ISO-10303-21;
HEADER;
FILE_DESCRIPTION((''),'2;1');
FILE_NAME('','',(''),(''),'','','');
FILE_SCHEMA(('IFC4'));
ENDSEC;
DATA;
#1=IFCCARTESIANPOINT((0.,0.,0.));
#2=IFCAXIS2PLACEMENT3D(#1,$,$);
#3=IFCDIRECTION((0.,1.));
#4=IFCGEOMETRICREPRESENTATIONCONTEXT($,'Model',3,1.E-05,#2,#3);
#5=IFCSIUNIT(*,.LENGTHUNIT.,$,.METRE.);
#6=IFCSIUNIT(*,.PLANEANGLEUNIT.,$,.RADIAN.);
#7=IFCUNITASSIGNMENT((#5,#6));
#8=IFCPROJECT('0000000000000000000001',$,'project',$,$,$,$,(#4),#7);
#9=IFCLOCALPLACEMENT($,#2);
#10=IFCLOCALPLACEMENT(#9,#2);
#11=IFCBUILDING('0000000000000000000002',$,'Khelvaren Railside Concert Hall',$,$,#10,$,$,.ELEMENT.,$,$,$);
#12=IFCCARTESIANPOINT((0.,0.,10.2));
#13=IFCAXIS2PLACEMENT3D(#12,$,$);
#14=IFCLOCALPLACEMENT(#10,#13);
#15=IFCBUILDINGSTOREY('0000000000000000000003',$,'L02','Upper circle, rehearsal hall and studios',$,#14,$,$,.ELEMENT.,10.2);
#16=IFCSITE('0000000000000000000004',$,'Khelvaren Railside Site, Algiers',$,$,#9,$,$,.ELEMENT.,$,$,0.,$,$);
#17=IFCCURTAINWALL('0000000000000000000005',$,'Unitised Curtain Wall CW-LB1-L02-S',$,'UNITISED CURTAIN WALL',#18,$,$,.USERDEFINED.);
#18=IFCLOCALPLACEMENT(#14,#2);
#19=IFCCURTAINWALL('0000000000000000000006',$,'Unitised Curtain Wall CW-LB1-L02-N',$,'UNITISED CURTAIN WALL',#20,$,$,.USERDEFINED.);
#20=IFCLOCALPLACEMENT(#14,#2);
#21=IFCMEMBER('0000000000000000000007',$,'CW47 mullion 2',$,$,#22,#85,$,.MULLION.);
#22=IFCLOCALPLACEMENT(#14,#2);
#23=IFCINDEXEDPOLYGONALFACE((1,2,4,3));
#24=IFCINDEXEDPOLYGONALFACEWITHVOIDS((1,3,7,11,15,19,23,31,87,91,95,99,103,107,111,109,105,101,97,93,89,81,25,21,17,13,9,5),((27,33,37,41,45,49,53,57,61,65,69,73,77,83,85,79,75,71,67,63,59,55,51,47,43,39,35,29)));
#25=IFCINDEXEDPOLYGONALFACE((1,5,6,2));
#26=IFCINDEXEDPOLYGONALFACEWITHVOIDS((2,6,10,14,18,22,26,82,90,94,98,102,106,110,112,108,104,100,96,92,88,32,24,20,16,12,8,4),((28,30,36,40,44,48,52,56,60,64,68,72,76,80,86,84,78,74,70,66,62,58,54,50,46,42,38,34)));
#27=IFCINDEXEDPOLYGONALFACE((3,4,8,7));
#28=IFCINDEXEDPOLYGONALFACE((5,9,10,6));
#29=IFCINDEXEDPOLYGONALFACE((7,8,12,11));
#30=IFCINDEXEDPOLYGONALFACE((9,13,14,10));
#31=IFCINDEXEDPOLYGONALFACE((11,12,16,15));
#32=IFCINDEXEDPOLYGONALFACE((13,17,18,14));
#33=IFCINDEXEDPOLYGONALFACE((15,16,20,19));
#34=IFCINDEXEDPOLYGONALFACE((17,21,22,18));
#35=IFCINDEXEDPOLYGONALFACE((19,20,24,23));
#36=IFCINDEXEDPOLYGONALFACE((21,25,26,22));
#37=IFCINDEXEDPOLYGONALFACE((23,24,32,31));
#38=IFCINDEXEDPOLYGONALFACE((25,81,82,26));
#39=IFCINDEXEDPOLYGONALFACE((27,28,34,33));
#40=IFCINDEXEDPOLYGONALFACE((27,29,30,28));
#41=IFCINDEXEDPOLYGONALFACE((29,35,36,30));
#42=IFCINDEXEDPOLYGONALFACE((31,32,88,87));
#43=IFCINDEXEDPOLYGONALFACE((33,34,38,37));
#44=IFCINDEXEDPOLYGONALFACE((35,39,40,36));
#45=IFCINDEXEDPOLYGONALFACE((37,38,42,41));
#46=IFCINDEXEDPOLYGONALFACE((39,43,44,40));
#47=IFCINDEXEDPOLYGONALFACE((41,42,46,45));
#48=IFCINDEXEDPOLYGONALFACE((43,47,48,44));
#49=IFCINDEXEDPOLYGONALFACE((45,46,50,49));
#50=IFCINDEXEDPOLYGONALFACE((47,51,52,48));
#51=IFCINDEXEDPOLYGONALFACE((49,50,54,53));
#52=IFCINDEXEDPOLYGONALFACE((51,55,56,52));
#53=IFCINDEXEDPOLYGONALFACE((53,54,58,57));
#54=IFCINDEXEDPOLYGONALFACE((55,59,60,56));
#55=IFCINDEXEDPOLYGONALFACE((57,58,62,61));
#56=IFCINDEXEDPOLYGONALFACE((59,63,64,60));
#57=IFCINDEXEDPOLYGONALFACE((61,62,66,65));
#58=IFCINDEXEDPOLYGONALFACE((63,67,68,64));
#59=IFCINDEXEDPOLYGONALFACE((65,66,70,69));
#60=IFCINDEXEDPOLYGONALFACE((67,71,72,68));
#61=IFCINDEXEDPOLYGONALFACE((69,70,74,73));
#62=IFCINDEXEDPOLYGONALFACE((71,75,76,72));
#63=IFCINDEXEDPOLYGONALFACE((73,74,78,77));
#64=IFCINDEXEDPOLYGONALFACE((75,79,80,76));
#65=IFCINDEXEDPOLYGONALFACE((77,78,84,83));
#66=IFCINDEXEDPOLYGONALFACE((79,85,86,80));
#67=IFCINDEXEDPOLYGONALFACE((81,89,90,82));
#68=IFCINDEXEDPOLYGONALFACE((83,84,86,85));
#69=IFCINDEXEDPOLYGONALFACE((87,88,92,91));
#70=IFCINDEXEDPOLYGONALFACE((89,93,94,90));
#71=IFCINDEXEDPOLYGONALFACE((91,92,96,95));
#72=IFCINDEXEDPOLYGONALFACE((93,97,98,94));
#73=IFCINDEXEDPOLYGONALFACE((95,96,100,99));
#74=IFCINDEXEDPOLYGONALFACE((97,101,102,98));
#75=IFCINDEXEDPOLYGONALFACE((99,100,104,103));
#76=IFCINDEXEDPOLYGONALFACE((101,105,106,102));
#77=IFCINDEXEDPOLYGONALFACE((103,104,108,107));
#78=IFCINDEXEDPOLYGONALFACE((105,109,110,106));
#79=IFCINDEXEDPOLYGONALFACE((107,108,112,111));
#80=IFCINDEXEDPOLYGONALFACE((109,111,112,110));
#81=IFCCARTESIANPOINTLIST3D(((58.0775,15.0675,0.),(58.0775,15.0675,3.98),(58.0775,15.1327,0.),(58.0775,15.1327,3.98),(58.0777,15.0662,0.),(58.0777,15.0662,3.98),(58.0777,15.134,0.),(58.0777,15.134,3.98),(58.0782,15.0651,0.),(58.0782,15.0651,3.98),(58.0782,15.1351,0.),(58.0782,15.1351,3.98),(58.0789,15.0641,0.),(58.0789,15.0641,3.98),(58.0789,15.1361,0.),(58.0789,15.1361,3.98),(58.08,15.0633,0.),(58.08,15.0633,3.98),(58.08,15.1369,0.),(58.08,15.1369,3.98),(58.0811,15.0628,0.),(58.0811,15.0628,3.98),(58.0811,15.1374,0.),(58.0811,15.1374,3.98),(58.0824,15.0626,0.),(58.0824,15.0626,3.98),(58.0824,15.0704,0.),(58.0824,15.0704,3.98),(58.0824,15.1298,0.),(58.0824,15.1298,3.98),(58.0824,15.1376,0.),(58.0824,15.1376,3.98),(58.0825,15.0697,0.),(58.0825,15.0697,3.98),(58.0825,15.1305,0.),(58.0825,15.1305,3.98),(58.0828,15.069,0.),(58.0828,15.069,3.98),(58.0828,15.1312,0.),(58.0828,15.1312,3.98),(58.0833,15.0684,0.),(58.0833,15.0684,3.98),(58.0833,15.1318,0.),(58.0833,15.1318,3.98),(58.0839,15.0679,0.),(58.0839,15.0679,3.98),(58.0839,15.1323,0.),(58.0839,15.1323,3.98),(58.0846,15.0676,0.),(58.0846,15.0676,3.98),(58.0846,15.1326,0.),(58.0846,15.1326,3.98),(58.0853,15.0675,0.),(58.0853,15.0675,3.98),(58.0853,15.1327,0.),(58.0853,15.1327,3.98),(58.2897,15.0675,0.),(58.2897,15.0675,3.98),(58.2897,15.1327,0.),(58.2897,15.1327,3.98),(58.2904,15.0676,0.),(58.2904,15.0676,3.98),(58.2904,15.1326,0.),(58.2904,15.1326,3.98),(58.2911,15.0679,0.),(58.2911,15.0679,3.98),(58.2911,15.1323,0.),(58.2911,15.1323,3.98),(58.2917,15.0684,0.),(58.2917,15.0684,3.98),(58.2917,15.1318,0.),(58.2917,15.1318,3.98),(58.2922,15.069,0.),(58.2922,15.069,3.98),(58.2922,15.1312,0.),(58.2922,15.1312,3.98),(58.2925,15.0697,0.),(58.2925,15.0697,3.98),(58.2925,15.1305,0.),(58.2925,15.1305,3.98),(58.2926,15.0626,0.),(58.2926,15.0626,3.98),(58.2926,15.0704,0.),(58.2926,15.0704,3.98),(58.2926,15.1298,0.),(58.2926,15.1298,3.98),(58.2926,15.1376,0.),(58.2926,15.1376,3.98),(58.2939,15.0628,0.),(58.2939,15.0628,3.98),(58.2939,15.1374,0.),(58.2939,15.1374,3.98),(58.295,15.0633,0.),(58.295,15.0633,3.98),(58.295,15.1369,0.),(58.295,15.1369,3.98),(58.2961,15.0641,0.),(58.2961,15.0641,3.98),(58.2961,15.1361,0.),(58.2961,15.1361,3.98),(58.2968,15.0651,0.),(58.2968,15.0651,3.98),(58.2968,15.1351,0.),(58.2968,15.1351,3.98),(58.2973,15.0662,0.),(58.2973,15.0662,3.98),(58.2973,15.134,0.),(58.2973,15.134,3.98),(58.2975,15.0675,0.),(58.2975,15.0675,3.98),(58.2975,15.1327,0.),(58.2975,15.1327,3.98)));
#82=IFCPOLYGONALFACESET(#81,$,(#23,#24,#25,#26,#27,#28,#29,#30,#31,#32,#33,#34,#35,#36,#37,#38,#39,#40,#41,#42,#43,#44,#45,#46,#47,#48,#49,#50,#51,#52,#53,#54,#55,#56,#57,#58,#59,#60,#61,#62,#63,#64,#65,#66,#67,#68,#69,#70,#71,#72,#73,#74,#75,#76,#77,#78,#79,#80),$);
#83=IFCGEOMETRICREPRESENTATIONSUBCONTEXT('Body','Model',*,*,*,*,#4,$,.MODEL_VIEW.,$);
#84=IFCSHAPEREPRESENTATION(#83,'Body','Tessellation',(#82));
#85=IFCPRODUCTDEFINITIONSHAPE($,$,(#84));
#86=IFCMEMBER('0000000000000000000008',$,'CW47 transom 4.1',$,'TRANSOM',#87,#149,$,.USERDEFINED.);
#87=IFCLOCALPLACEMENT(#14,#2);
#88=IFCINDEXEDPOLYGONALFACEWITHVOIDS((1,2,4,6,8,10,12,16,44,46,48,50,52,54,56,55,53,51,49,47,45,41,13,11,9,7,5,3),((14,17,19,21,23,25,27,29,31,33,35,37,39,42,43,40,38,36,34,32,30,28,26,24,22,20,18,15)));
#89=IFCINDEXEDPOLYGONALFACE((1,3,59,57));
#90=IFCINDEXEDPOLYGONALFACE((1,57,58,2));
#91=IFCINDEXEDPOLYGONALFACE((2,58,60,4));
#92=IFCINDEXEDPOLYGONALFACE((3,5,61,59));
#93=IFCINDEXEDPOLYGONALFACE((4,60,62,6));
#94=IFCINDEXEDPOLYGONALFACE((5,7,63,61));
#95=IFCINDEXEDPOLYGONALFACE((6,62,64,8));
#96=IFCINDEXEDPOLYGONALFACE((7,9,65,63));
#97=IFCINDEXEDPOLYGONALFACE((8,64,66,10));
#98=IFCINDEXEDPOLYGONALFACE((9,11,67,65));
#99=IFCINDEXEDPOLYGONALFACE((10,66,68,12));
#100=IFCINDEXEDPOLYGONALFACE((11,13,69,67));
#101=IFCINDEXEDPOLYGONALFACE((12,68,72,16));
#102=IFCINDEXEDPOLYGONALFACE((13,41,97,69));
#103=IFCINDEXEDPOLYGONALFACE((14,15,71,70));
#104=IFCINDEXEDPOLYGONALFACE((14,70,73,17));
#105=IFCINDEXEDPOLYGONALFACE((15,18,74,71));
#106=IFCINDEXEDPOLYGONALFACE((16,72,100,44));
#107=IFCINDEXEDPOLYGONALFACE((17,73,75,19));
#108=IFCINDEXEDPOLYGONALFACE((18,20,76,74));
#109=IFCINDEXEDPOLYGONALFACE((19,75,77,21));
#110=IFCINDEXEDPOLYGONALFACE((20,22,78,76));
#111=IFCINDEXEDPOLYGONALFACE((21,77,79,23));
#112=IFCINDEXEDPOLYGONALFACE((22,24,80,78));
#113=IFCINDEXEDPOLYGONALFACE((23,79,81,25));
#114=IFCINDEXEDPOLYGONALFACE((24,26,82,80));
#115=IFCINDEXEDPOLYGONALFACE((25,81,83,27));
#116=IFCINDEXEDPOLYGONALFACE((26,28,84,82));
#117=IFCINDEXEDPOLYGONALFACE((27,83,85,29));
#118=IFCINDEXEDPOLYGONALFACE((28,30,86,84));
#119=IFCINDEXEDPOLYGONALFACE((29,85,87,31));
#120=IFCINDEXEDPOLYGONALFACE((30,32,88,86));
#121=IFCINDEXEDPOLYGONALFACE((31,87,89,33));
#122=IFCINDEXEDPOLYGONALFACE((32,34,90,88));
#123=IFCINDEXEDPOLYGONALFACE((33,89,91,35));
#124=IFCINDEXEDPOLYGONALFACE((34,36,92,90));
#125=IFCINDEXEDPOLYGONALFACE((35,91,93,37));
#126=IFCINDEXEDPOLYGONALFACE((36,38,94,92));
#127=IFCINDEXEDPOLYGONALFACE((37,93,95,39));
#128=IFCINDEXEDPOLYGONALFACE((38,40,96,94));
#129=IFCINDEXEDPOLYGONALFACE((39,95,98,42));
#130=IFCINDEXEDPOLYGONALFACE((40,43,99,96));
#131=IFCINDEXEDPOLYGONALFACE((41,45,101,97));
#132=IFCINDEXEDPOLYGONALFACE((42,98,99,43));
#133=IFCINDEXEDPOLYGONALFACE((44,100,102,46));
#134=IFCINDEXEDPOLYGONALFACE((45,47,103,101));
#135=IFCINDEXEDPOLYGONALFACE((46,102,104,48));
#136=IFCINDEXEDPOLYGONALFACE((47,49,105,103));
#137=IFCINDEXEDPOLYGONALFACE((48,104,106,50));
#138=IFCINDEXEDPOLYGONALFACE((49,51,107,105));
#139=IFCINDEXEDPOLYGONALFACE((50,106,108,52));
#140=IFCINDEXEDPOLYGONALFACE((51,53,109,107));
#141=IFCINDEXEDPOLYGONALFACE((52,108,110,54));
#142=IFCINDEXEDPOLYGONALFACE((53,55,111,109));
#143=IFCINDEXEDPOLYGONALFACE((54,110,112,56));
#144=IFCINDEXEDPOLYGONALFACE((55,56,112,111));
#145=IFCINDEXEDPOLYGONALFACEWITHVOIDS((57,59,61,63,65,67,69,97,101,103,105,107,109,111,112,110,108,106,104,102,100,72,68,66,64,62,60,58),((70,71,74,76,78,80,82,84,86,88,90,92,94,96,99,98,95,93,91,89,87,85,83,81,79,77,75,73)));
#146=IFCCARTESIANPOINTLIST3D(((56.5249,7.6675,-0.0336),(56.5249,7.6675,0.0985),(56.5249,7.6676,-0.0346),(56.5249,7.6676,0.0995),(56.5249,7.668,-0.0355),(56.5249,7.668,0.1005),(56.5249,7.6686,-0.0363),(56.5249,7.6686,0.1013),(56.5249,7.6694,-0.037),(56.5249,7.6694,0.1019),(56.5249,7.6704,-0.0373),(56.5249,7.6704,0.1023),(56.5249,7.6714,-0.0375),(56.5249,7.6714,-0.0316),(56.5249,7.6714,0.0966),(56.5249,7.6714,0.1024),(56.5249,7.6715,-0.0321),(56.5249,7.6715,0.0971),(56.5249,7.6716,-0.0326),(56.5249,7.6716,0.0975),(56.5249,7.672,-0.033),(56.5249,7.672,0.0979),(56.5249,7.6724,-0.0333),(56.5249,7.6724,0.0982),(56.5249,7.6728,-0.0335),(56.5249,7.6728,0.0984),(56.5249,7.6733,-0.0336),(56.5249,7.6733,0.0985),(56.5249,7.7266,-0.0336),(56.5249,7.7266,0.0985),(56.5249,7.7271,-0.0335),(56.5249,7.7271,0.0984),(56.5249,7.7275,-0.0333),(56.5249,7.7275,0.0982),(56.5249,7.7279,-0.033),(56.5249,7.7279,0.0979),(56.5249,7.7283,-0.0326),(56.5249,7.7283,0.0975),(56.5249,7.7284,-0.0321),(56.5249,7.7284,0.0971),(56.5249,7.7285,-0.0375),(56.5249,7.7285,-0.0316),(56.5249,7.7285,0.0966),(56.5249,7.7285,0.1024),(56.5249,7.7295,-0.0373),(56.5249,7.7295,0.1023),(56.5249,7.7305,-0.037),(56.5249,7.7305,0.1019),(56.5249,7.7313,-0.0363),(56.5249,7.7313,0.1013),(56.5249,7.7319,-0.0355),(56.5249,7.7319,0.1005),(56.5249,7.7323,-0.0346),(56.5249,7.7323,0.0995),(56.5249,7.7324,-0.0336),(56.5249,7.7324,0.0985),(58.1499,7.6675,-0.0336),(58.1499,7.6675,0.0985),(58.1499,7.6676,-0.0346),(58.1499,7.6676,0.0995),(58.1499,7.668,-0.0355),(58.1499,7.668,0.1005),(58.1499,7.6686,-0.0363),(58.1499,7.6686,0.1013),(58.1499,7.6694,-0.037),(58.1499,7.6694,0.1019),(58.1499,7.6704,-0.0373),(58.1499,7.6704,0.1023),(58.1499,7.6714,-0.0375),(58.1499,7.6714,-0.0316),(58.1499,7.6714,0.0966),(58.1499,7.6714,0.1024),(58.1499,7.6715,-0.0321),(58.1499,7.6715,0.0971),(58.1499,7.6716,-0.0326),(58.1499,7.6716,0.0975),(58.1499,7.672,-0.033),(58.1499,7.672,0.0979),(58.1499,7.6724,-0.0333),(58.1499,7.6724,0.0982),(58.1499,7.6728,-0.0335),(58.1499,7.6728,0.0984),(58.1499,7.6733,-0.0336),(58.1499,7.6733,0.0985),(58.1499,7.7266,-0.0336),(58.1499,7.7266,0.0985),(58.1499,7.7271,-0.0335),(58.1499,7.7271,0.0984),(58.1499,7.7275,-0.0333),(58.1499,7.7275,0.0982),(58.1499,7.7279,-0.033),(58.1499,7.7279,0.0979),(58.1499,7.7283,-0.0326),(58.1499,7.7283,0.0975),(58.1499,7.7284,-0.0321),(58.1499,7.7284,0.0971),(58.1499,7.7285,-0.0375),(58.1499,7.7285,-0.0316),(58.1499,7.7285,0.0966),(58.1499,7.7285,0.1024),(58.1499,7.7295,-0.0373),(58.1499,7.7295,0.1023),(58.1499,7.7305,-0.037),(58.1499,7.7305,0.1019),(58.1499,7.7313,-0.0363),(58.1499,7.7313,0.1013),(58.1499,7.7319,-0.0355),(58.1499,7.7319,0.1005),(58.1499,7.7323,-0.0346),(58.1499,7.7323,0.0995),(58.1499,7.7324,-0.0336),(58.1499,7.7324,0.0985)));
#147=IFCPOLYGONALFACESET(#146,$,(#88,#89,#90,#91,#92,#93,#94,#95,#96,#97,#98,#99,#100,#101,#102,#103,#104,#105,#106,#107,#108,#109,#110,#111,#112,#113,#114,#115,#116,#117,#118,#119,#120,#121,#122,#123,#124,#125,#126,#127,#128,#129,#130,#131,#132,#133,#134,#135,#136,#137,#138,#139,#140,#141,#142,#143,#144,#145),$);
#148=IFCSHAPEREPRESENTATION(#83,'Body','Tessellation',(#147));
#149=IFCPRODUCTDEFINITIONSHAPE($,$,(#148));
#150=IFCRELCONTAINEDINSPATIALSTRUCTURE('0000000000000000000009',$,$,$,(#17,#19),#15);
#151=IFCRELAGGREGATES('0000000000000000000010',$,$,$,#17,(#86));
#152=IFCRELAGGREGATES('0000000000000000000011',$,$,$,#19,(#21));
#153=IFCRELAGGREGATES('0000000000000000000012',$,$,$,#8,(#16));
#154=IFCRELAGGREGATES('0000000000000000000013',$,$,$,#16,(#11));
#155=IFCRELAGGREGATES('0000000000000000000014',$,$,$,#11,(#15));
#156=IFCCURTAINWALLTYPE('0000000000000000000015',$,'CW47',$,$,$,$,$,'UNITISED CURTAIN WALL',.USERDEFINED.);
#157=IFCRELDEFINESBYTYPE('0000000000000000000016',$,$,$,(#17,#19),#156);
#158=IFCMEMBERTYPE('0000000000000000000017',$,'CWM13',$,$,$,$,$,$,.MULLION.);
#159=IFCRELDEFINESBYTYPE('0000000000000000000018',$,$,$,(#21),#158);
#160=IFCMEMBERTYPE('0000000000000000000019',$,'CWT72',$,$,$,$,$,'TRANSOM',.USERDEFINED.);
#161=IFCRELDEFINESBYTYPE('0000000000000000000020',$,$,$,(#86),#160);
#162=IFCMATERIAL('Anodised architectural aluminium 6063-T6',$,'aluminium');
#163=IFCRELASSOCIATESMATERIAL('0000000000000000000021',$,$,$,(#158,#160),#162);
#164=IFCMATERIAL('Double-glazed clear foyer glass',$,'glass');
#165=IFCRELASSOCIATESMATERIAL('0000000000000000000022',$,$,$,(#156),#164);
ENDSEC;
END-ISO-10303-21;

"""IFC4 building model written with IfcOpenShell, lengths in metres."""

from ifc_helpers import new_model, si_unit, direction, frame, origin, origin_2d, place, context, subcontext, project, spatial, hollow_rectangle, extrude, material, material_profile, profile_set, type_object, element, aggregate, save


model = new_model("IFC4")

# Units and contexts
model_context = context("Model", 3, precision=1e-05, world=origin(), true_north=direction((0.0, 1.0)))
body_context = subcontext(model_context, "Body", "Model", "MODEL_VIEW")
ifc_project = project(units=[si_unit("LENGTHUNIT", "METRE"), si_unit("PLANEANGLEUNIT", "RADIAN")], contexts=[model_context])

# Site, building, storey
site_placement = place(None, origin())
site = spatial("IfcSite", under=ifc_project, at=site_placement, Name="Khelvaren Railside Site, Algiers", CompositionType="ELEMENT", RefElevation=0.0)
building_placement = place(site_placement, origin())
building = spatial("IfcBuilding", under=site, at=building_placement, Name="Khelvaren Railside Concert Hall", CompositionType="ELEMENT")
storey_placement = place(building_placement, frame((0.0, 0.0, 10.2)))
storey = spatial("IfcBuildingStorey", under=building, at=storey_placement, Name="L02", Description="Upper circle, rehearsal hall and studios", CompositionType="ELEMENT", Elevation=10.2)

# Shared definitions
ifc_material_1 = material(Name="Double-glazed clear foyer glass", Category="glass")
ifc_material_2 = material(Name="Anodised architectural aluminium 6063-T6", Category="aluminium")
ifc_material_profile_1 = material_profile(ifc_material_2, hollow_rectangle(XDim=0.075, YDim=0.22, WallThickness=0.0049, InnerFilletRadius=0.0029, OuterFilletRadius=0.0049, at=origin_2d()), Name="CWM 75x220x5")
ifc_profile_set_1 = profile_set([ifc_material_profile_1], Name="Anodised architectural aluminium 6063-T6")
member_type_1 = type_object("IfcMemberType", Name="CWM13", PredefinedType="MULLION", material=ifc_profile_set_1)

# Curtain walls, member
curtain_wall_type_1 = type_object("IfcCurtainWallType", Name="CW47", ElementType="UNITISED CURTAIN WALL", PredefinedType="USERDEFINED", material=ifc_material_1)
curtain_wall_1_placement = place(storey_placement, origin())
curtain_wall_1 = element("IfcCurtainWall", 1, at=curtain_wall_1_placement, inside=storey, type_object=curtain_wall_type_1, Name="Unitised Curtain Wall CW-LB1-L02-S", ObjectType="UNITISED CURTAIN WALL", PredefinedType="USERDEFINED")
curtain_wall_2_placement = place(storey_placement, origin())
curtain_wall_2 = element("IfcCurtainWall", 2, at=curtain_wall_2_placement, inside=storey, type_object=curtain_wall_type_1, Name="Unitised Curtain Wall CW-LB1-L02-N", ObjectType="UNITISED CURTAIN WALL", PredefinedType="USERDEFINED")
member_1_placement = place(storey_placement, frame((58.1875, 15.1001, 0.0), z_axis=(0.0, 0.0, 1.0), x_axis=(0.0, 1.0, 0.0)))
member_1 = element("IfcMember", 3, at=member_1_placement, type_object=member_type_1, Name="CW47 mullion 2", PredefinedType="MULLION", context=body_context, shape_type="SweptSolid", body=[
    extrude(hollow_rectangle(XDim=0.075, YDim=0.22, WallThickness=0.0049, InnerFilletRadius=0.0029, OuterFilletRadius=0.0049, at=origin_2d()), origin(), (0.0, 0.0, 1.0), 3.98),
])

# Member
ifc_material_profile_2 = material_profile(ifc_material_2, hollow_rectangle(XDim=0.0649, YDim=0.1399, WallThickness=0.0039, InnerFilletRadius=0.002, OuterFilletRadius=0.0039, at=origin_2d()), Name="CWT 65x140x4")
ifc_profile_set_2 = profile_set([ifc_material_profile_2], Name="Anodised architectural aluminium 6063-T6")
member_type_2 = type_object("IfcMemberType", Name="CWT72", ElementType="TRANSOM", PredefinedType="USERDEFINED", material=ifc_profile_set_2)
member_2_placement = place(storey_placement, frame((58.1499, 7.7, 0.0325), z_axis=(-1.0, 0.0, 0.0), x_axis=(0.0, -1.0, 0.0)))
member_2 = element("IfcMember", 4, at=member_2_placement, type_object=member_type_2, Name="CW47 transom 4.1", ObjectType="TRANSOM", PredefinedType="USERDEFINED", context=body_context, shape_type="SweptSolid", body=[
    extrude(hollow_rectangle(XDim=0.0649, YDim=0.1399, WallThickness=0.0039, InnerFilletRadius=0.002, OuterFilletRadius=0.0039, at=origin_2d()), origin(), (0.0, 0.0, 1.0), 1.625),
])

aggregate(curtain_wall_1, [member_2])
aggregate(curtain_wall_2, [member_1])

save(model, "model.ifc")
